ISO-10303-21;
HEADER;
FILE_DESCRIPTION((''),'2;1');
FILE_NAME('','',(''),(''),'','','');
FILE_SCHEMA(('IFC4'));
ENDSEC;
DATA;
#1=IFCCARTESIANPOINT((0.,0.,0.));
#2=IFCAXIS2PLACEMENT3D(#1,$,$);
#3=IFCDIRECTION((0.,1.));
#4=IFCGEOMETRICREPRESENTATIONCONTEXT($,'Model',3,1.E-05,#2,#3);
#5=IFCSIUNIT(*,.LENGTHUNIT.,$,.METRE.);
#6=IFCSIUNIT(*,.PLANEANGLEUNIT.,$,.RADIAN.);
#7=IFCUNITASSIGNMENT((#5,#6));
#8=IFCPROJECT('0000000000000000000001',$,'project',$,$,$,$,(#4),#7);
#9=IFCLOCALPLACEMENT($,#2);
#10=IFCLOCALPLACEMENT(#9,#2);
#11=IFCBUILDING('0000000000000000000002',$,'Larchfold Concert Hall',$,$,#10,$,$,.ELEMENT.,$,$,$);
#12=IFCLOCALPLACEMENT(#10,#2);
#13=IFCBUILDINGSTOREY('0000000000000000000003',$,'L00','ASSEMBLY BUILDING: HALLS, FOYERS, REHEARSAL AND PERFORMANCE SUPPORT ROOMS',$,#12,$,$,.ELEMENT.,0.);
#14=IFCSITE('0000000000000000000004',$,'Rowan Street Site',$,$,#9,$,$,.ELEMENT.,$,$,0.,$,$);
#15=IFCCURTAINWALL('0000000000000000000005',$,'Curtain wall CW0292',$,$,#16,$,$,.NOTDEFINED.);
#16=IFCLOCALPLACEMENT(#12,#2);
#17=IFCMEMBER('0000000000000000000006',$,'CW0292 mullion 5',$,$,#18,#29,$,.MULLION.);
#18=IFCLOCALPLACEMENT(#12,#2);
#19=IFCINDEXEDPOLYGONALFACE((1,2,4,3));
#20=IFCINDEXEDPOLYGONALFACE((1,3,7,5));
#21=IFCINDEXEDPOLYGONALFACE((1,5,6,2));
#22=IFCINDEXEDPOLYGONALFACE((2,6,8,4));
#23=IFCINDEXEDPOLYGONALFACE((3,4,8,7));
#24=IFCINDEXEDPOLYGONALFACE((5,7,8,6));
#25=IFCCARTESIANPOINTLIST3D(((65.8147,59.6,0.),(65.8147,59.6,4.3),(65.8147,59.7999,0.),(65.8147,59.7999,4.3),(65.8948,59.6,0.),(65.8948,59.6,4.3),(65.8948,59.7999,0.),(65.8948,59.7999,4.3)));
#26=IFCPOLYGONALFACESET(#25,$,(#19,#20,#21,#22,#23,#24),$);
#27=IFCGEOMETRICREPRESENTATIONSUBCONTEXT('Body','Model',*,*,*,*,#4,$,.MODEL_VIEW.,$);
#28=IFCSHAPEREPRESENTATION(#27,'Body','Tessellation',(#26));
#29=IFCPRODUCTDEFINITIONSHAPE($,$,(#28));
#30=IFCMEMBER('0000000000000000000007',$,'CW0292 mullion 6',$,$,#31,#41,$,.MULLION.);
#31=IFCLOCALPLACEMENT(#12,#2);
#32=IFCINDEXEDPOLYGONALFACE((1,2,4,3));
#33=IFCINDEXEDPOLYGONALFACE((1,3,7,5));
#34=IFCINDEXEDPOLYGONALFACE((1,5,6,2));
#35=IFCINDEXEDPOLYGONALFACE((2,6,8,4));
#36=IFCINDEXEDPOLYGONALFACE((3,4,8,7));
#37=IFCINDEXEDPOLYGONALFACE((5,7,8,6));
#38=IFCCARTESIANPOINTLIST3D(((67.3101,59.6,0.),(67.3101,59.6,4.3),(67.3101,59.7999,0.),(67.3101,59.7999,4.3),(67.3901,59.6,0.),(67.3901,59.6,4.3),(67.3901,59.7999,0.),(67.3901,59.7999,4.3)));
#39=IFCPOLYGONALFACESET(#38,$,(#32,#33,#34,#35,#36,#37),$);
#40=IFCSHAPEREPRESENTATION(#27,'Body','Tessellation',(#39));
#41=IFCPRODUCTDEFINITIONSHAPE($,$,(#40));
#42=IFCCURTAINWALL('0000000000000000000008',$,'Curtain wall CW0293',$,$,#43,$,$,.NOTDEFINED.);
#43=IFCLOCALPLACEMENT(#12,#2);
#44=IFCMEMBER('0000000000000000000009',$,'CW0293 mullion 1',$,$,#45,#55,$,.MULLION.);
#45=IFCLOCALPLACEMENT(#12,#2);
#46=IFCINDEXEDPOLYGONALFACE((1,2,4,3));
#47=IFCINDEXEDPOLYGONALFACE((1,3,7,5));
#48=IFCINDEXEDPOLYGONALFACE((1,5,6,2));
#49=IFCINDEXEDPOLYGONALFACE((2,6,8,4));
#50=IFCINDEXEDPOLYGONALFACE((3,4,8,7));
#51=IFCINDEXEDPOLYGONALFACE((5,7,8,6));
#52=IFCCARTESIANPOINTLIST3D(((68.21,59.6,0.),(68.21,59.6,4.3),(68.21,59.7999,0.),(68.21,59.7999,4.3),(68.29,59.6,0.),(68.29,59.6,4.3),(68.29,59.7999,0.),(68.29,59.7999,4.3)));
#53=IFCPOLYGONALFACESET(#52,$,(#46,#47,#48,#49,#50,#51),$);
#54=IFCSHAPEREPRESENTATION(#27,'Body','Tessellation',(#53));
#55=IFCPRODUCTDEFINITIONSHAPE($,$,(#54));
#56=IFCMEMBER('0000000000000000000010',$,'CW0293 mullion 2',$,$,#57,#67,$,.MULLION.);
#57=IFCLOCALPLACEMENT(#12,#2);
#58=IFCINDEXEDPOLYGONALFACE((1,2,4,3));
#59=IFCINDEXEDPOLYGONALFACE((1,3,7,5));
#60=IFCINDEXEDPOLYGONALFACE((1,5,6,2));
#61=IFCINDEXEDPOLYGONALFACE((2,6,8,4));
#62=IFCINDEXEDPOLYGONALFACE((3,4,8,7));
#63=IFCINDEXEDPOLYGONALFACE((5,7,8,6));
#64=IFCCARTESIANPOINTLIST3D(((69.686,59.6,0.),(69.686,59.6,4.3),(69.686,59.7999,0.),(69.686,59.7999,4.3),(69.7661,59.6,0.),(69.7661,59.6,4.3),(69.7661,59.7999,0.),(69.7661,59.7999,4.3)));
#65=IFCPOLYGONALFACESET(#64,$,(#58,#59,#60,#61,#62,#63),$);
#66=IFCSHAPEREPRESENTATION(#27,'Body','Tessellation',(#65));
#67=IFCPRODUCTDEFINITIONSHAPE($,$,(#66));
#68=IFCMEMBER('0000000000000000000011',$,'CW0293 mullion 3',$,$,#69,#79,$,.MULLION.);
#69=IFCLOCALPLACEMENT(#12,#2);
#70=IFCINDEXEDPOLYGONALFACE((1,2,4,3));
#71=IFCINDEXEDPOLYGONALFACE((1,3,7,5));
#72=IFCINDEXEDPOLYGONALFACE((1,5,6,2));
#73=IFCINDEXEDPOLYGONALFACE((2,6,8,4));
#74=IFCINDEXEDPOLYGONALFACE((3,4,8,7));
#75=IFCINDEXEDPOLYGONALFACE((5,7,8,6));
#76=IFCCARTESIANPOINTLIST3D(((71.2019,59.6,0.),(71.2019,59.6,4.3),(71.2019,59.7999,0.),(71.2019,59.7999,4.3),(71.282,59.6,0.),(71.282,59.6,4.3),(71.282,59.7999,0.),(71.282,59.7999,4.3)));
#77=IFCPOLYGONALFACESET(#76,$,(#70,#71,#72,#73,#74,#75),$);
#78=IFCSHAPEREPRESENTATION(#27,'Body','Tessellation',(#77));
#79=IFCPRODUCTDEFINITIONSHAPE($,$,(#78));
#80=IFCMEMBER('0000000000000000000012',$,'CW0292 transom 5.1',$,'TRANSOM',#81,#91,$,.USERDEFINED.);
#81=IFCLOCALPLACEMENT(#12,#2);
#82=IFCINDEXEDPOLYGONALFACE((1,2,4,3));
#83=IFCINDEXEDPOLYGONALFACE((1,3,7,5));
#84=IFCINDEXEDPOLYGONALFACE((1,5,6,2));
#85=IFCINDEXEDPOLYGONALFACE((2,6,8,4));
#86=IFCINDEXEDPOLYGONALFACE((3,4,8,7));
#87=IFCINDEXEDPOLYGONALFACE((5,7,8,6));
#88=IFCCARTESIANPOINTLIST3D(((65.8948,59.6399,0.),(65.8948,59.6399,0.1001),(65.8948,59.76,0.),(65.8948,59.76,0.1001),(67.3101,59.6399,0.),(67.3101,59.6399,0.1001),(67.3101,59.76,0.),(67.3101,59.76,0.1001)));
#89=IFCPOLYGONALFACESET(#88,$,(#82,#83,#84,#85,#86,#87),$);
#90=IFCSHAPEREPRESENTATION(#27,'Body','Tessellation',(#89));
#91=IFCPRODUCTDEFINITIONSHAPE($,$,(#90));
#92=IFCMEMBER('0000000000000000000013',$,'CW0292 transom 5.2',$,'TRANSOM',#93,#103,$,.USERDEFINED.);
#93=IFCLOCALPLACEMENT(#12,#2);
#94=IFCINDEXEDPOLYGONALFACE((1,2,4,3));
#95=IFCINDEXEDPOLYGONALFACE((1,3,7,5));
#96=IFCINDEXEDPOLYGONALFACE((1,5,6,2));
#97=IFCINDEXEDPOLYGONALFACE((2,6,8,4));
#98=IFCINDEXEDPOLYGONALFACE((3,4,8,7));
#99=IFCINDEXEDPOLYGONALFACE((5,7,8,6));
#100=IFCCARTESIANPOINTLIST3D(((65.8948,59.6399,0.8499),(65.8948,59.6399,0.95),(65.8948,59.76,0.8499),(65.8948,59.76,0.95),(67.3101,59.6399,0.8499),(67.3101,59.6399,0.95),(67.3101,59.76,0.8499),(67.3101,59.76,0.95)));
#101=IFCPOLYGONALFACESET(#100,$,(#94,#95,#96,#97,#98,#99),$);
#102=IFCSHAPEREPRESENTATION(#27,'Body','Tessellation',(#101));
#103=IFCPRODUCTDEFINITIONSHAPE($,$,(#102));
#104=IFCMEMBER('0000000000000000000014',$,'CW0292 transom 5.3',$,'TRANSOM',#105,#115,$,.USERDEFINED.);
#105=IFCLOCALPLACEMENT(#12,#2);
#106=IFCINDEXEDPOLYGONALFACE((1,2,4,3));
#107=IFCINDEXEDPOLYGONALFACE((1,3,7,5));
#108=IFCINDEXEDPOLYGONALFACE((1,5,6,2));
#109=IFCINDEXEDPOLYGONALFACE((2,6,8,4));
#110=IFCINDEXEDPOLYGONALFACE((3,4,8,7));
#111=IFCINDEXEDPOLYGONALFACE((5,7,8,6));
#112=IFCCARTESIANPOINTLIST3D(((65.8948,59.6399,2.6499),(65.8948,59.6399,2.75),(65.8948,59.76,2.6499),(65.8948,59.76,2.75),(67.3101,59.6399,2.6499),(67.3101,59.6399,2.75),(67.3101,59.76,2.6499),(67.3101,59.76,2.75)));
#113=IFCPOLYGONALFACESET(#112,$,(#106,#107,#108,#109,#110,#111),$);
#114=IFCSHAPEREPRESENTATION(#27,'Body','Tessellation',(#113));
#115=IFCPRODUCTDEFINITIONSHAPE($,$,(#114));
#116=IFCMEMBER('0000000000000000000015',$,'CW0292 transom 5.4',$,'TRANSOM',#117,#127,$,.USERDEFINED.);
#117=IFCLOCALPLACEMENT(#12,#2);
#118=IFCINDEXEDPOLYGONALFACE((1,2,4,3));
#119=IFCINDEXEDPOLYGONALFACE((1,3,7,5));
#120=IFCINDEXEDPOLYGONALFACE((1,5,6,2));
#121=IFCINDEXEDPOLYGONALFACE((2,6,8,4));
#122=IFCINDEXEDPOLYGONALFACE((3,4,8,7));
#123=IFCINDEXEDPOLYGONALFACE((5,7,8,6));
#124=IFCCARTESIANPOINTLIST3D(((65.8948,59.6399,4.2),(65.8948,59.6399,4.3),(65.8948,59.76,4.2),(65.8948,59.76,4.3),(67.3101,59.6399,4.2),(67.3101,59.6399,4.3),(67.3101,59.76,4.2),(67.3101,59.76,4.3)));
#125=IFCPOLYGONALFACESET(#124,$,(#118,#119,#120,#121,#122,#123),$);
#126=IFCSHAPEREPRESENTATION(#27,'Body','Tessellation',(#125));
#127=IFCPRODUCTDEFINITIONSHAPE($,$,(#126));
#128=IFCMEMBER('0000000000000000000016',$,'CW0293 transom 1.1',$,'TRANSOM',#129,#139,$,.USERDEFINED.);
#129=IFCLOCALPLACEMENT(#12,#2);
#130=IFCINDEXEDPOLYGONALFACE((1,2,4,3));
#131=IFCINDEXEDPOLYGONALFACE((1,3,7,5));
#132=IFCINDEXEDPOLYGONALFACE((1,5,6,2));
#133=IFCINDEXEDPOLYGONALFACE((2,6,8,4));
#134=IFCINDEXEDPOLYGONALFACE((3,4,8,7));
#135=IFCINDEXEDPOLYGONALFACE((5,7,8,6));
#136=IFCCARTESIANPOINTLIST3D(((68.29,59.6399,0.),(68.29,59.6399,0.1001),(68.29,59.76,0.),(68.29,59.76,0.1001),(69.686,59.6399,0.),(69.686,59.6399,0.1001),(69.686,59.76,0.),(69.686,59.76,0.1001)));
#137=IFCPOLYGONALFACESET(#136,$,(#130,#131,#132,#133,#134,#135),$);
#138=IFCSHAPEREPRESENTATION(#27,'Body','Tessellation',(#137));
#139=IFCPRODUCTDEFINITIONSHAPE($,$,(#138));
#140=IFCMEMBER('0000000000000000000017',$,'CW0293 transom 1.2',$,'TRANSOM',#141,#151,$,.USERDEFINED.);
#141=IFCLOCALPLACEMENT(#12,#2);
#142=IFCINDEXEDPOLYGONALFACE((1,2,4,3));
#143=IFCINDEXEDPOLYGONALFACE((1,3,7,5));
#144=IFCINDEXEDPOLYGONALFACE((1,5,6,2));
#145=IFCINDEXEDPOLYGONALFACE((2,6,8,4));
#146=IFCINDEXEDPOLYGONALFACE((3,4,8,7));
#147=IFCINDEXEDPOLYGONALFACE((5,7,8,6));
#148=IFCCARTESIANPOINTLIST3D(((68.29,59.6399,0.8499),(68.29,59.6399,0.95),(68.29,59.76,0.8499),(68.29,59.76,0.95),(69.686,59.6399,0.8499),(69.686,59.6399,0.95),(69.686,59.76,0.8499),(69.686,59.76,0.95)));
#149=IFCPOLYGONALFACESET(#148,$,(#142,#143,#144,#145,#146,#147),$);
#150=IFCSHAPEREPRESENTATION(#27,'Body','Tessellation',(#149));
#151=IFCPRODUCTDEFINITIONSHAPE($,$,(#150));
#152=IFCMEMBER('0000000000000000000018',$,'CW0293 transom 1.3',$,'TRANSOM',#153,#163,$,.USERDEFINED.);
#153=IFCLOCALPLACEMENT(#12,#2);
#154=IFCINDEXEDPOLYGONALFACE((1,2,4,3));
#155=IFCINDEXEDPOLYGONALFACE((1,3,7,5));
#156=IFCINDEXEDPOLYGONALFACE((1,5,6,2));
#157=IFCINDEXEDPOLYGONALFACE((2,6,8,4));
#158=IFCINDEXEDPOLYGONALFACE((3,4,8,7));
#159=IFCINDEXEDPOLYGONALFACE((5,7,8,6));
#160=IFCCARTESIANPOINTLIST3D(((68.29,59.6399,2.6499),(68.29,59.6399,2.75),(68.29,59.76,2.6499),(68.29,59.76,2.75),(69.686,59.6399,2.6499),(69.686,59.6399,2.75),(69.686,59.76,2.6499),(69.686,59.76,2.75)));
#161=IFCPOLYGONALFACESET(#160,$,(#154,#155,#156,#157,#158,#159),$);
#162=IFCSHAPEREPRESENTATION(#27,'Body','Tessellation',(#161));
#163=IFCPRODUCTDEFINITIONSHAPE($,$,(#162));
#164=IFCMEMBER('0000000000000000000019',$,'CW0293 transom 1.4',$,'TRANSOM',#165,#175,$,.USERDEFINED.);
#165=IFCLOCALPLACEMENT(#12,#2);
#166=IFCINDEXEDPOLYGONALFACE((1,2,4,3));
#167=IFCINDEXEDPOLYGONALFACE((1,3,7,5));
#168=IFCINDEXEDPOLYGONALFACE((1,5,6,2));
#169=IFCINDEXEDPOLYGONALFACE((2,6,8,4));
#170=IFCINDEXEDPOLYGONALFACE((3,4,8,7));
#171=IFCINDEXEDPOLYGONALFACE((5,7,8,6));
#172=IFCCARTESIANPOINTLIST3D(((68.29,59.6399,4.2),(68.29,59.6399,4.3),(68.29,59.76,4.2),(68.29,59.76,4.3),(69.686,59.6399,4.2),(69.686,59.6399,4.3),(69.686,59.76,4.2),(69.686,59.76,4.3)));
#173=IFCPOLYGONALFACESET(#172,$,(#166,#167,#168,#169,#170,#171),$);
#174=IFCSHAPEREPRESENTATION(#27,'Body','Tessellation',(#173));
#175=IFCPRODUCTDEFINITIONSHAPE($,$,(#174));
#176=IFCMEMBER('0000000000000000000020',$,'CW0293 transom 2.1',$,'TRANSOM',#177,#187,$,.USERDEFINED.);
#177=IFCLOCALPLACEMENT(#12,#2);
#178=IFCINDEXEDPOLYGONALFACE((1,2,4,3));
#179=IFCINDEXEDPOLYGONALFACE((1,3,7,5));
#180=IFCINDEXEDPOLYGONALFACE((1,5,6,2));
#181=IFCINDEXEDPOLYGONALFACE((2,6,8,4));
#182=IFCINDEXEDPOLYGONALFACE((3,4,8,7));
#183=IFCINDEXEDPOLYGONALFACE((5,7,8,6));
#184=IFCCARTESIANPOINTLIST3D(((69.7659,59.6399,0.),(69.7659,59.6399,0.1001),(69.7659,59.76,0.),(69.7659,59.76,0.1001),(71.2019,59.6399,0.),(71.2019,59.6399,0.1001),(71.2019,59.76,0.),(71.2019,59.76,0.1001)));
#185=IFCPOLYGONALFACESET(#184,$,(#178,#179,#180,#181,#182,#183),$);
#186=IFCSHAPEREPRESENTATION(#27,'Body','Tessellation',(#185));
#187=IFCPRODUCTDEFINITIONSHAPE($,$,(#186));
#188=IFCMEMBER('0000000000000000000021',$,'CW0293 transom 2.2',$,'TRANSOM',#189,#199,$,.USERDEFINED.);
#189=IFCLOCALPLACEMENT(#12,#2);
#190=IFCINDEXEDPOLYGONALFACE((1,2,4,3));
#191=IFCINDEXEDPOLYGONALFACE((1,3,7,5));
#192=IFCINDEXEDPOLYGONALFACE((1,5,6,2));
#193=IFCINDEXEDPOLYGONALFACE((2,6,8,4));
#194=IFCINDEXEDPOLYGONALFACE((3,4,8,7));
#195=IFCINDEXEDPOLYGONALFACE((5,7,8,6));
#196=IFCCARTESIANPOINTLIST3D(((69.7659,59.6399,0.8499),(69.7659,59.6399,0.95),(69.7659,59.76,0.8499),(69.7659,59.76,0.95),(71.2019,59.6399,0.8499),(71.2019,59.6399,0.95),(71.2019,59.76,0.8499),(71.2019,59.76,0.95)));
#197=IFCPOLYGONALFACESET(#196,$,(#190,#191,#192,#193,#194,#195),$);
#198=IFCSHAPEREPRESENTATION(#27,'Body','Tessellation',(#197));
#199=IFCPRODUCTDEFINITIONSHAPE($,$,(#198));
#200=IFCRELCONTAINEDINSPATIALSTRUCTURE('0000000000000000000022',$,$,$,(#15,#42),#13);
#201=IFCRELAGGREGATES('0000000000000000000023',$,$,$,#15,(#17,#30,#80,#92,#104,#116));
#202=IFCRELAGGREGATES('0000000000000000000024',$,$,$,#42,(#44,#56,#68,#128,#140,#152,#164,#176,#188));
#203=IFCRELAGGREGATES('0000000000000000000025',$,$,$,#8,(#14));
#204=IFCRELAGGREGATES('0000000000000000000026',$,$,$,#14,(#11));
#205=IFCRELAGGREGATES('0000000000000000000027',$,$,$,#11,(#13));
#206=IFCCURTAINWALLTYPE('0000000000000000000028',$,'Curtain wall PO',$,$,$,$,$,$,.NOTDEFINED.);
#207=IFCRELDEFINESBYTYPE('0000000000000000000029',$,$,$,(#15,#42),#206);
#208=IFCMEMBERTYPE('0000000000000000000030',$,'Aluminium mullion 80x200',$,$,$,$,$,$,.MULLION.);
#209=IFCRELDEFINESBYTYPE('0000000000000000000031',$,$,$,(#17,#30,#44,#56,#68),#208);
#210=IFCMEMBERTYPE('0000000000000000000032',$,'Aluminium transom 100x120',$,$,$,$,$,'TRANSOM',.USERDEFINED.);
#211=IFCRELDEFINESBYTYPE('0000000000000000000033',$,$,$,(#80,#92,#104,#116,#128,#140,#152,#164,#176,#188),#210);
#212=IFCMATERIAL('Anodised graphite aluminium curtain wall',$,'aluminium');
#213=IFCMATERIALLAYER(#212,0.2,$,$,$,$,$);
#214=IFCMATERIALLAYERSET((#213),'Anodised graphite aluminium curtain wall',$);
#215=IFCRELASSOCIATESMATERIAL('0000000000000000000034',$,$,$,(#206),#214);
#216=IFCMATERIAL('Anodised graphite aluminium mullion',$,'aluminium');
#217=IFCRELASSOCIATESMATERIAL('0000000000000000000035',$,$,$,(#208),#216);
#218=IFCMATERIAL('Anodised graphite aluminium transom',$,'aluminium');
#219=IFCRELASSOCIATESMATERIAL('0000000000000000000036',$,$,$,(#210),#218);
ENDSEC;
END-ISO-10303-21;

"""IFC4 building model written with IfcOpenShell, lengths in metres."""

from ifc_helpers import new_model, si_unit, direction, frame, origin, origin_2d, place, context, subcontext, project, spatial, rectangle, extrude, material, layer, layer_set, material_profile, profile_set, type_object, element, aggregate, save


model = new_model("IFC4")

# Units and contexts
model_context = context("Model", 3, precision=1e-05, world=origin(), true_north=direction((0.0, 1.0)))
body_context = subcontext(model_context, "Body", "Model", "MODEL_VIEW")
ifc_project = project(units=[si_unit("LENGTHUNIT", "METRE"), si_unit("PLANEANGLEUNIT", "RADIAN")], contexts=[model_context])

# Site, building, storey
site_placement = place(None, origin())
site = spatial("IfcSite", under=ifc_project, at=site_placement, Name="Rowan Street Site", CompositionType="ELEMENT", RefElevation=0.0)
building_placement = place(site_placement, origin())
building = spatial("IfcBuilding", under=site, at=building_placement, Name="Larchfold Concert Hall", CompositionType="ELEMENT")
storey_placement = place(building_placement, origin())
storey = spatial("IfcBuildingStorey", under=building, at=storey_placement, Name="L00", Description="ASSEMBLY BUILDING: HALLS, FOYERS, REHEARSAL AND PERFORMANCE SUPPORT ROOMS", CompositionType="ELEMENT", Elevation=0.0)

# Curtain walls, members
ifc_material_1 = material(Name="Anodised graphite aluminium curtain wall", Category="aluminium")
ifc_layer_1 = layer(ifc_material_1, 0.2)
ifc_layer_set_1 = layer_set([ifc_layer_1], Name="Anodised graphite aluminium curtain wall")
curtain_wall_type = type_object("IfcCurtainWallType", Name="Curtain wall PO", PredefinedType="NOTDEFINED", material=ifc_layer_set_1)
curtain_wall_1_placement = place(storey_placement, origin())
curtain_wall_1 = element("IfcCurtainWall", 1, at=curtain_wall_1_placement, inside=storey, type_object=curtain_wall_type, Name="Curtain wall CW0292", PredefinedType="NOTDEFINED")
ifc_material_2 = material(Name="Anodised graphite aluminium mullion", Category="aluminium")
ifc_material_profile_1 = material_profile(ifc_material_2, rectangle(XDim=0.2, YDim=0.0801, at=origin_2d()))
ifc_profile_set_1 = profile_set([ifc_material_profile_1], Name="Anodised graphite aluminium mullion")
member_type_1 = type_object("IfcMemberType", Name="Aluminium mullion 80x200", PredefinedType="MULLION", material=ifc_profile_set_1)
member_1_placement = place(storey_placement, frame((65.8547, 59.7, 0.0), z_axis=(0.0, 0.0, 1.0), x_axis=(0.0, 1.0, 0.0)))
member_1 = element("IfcMember", 2, at=member_1_placement, type_object=member_type_1, Name="CW0292 mullion 5", PredefinedType="MULLION", context=body_context, shape_type="SweptSolid", body=[
    extrude(rectangle(XDim=0.2, YDim=0.0801, at=origin_2d()), origin(), (0.0, 0.0, 1.0), 4.3),
])
member_2_placement = place(storey_placement, frame((67.3501, 59.7, 0.0), z_axis=(0.0, 0.0, 1.0), x_axis=(0.0, 1.0, 0.0)))
member_2 = element("IfcMember", 3, at=member_2_placement, type_object=member_type_1, Name="CW0292 mullion 6", PredefinedType="MULLION", context=body_context, shape_type="SweptSolid", body=[
    extrude(rectangle(XDim=0.2, YDim=0.0801, at=origin_2d()), origin(), (0.0, 0.0, 1.0), 4.3),
])
curtain_wall_2_placement = place(storey_placement, origin())
curtain_wall_2 = element("IfcCurtainWall", 4, at=curtain_wall_2_placement, inside=storey, type_object=curtain_wall_type, Name="Curtain wall CW0293", PredefinedType="NOTDEFINED")
member_3_placement = place(storey_placement, frame((68.25, 59.7, 0.0), z_axis=(0.0, 0.0, 1.0), x_axis=(0.0, 1.0, 0.0)))
member_3 = element("IfcMember", 5, at=member_3_placement, type_object=member_type_1, Name="CW0293 mullion 1", PredefinedType="MULLION", context=body_context, shape_type="SweptSolid", body=[
    extrude(rectangle(XDim=0.2, YDim=0.0801, at=origin_2d()), origin(), (0.0, 0.0, 1.0), 4.3),
])
member_4_placement = place(storey_placement, frame((69.7261, 59.7, 0.0), z_axis=(0.0, 0.0, 1.0), x_axis=(0.0, 1.0, 0.0)))
member_4 = element("IfcMember", 6, at=member_4_placement, type_object=member_type_1, Name="CW0293 mullion 2", PredefinedType="MULLION", context=body_context, shape_type="SweptSolid", body=[
    extrude(rectangle(XDim=0.2, YDim=0.0801, at=origin_2d()), origin(), (0.0, 0.0, 1.0), 4.3),
])
member_5_placement = place(storey_placement, frame((71.2419, 59.7, 0.0), z_axis=(0.0, 0.0, 1.0), x_axis=(0.0, 1.0, 0.0)))
member_5 = element("IfcMember", 7, at=member_5_placement, type_object=member_type_1, Name="CW0293 mullion 3", PredefinedType="MULLION", context=body_context, shape_type="SweptSolid", body=[
    extrude(rectangle(XDim=0.2, YDim=0.0801, at=origin_2d()), origin(), (0.0, 0.0, 1.0), 4.3),
])

# Members
ifc_material_3 = material(Name="Anodised graphite aluminium transom", Category="aluminium")
ifc_material_profile_2 = material_profile(ifc_material_3, rectangle(XDim=0.1201, YDim=0.1001, at=origin_2d()))
ifc_profile_set_2 = profile_set([ifc_material_profile_2], Name="Anodised graphite aluminium transom")
member_type_2 = type_object("IfcMemberType", Name="Aluminium transom 100x120", ElementType="TRANSOM", PredefinedType="USERDEFINED", material=ifc_profile_set_2)
member_6_placement = place(storey_placement, frame((65.8948, 59.7, 0.05), z_axis=(1.0, 0.0, 0.0), x_axis=(0.0, 1.0, 0.0)))
member_6 = element("IfcMember", 8, at=member_6_placement, type_object=member_type_2, Name="CW0292 transom 5.1", ObjectType="TRANSOM", PredefinedType="USERDEFINED", context=body_context, shape_type="SweptSolid", body=[
    extrude(rectangle(XDim=0.1201, YDim=0.1001, at=origin_2d()), origin(), (0.0, 0.0, 1.0), 1.4153),
])
member_7_placement = place(storey_placement, frame((65.8948, 59.7, 0.8999), z_axis=(1.0, 0.0, 0.0), x_axis=(0.0, 1.0, 0.0)))
member_7 = element("IfcMember", 9, at=member_7_placement, type_object=member_type_2, Name="CW0292 transom 5.2", ObjectType="TRANSOM", PredefinedType="USERDEFINED", context=body_context, shape_type="SweptSolid", body=[
    extrude(rectangle(XDim=0.1201, YDim=0.1001, at=origin_2d()), origin(), (0.0, 0.0, 1.0), 1.4153),
])
member_8_placement = place(storey_placement, frame((65.8948, 59.7, 2.7), z_axis=(1.0, 0.0, 0.0), x_axis=(0.0, 1.0, 0.0)))
member_8 = element("IfcMember", 10, at=member_8_placement, type_object=member_type_2, Name="CW0292 transom 5.3", ObjectType="TRANSOM", PredefinedType="USERDEFINED", context=body_context, shape_type="SweptSolid", body=[
    extrude(rectangle(XDim=0.1201, YDim=0.1001, at=origin_2d()), origin(), (0.0, 0.0, 1.0), 1.4153),
])
member_9_placement = place(storey_placement, frame((65.8948, 59.7, 4.25), z_axis=(1.0, 0.0, 0.0), x_axis=(0.0, 1.0, 0.0)))
member_9 = element("IfcMember", 11, at=member_9_placement, type_object=member_type_2, Name="CW0292 transom 5.4", ObjectType="TRANSOM", PredefinedType="USERDEFINED", context=body_context, shape_type="SweptSolid", body=[
    extrude(rectangle(XDim=0.1201, YDim=0.1001, at=origin_2d()), origin(), (0.0, 0.0, 1.0), 1.4153),
])
member_10_placement = place(storey_placement, frame((68.29, 59.7, 0.05), z_axis=(1.0, 0.0, 0.0), x_axis=(0.0, 1.0, 0.0)))
member_10 = element("IfcMember", 12, at=member_10_placement, type_object=member_type_2, Name="CW0293 transom 1.1", ObjectType="TRANSOM", PredefinedType="USERDEFINED", context=body_context, shape_type="SweptSolid", body=[
    extrude(rectangle(XDim=0.1201, YDim=0.1001, at=origin_2d()), origin(), (0.0, 0.0, 1.0), 1.396),
])
member_11_placement = place(storey_placement, frame((68.29, 59.7, 0.8999), z_axis=(1.0, 0.0, 0.0), x_axis=(0.0, 1.0, 0.0)))
member_11 = element("IfcMember", 13, at=member_11_placement, type_object=member_type_2, Name="CW0293 transom 1.2", ObjectType="TRANSOM", PredefinedType="USERDEFINED", context=body_context, shape_type="SweptSolid", body=[
    extrude(rectangle(XDim=0.1201, YDim=0.1001, at=origin_2d()), origin(), (0.0, 0.0, 1.0), 1.396),
])
member_12_placement = place(storey_placement, frame((68.29, 59.7, 2.7), z_axis=(1.0, 0.0, 0.0), x_axis=(0.0, 1.0, 0.0)))
member_12 = element("IfcMember", 14, at=member_12_placement, type_object=member_type_2, Name="CW0293 transom 1.3", ObjectType="TRANSOM", PredefinedType="USERDEFINED", context=body_context, shape_type="SweptSolid", body=[
    extrude(rectangle(XDim=0.1201, YDim=0.1001, at=origin_2d()), origin(), (0.0, 0.0, 1.0), 1.396),
])
member_13_placement = place(storey_placement, frame((68.29, 59.7, 4.25), z_axis=(1.0, 0.0, 0.0), x_axis=(0.0, 1.0, 0.0)))
member_13 = element("IfcMember", 15, at=member_13_placement, type_object=member_type_2, Name="CW0293 transom 1.4", ObjectType="TRANSOM", PredefinedType="USERDEFINED", context=body_context, shape_type="SweptSolid", body=[
    extrude(rectangle(XDim=0.1201, YDim=0.1001, at=origin_2d()), origin(), (0.0, 0.0, 1.0), 1.396),
])
member_14_placement = place(storey_placement, frame((69.7659, 59.7, 0.05), z_axis=(1.0, 0.0, 0.0), x_axis=(0.0, 1.0, 0.0)))
member_14 = element("IfcMember", 16, at=member_14_placement, type_object=member_type_2, Name="CW0293 transom 2.1", ObjectType="TRANSOM", PredefinedType="USERDEFINED", context=body_context, shape_type="SweptSolid", body=[
    extrude(rectangle(XDim=0.1201, YDim=0.1001, at=origin_2d()), origin(), (0.0, 0.0, 1.0), 1.436),
])
member_15_placement = place(storey_placement, frame((69.7659, 59.7, 0.8999), z_axis=(1.0, 0.0, 0.0), x_axis=(0.0, 1.0, 0.0)))
member_15 = element("IfcMember", 17, at=member_15_placement, type_object=member_type_2, Name="CW0293 transom 2.2", ObjectType="TRANSOM", PredefinedType="USERDEFINED", context=body_context, shape_type="SweptSolid", body=[
    extrude(rectangle(XDim=0.1201, YDim=0.1001, at=origin_2d()), origin(), (0.0, 0.0, 1.0), 1.436),
])

aggregate(curtain_wall_1, [member_1, member_2, member_6, member_7, member_8, member_9])
aggregate(curtain_wall_2, [member_3, member_4, member_5, member_10, member_11, member_12, member_13, member_14, member_15])

save(model, "model.ifc")
